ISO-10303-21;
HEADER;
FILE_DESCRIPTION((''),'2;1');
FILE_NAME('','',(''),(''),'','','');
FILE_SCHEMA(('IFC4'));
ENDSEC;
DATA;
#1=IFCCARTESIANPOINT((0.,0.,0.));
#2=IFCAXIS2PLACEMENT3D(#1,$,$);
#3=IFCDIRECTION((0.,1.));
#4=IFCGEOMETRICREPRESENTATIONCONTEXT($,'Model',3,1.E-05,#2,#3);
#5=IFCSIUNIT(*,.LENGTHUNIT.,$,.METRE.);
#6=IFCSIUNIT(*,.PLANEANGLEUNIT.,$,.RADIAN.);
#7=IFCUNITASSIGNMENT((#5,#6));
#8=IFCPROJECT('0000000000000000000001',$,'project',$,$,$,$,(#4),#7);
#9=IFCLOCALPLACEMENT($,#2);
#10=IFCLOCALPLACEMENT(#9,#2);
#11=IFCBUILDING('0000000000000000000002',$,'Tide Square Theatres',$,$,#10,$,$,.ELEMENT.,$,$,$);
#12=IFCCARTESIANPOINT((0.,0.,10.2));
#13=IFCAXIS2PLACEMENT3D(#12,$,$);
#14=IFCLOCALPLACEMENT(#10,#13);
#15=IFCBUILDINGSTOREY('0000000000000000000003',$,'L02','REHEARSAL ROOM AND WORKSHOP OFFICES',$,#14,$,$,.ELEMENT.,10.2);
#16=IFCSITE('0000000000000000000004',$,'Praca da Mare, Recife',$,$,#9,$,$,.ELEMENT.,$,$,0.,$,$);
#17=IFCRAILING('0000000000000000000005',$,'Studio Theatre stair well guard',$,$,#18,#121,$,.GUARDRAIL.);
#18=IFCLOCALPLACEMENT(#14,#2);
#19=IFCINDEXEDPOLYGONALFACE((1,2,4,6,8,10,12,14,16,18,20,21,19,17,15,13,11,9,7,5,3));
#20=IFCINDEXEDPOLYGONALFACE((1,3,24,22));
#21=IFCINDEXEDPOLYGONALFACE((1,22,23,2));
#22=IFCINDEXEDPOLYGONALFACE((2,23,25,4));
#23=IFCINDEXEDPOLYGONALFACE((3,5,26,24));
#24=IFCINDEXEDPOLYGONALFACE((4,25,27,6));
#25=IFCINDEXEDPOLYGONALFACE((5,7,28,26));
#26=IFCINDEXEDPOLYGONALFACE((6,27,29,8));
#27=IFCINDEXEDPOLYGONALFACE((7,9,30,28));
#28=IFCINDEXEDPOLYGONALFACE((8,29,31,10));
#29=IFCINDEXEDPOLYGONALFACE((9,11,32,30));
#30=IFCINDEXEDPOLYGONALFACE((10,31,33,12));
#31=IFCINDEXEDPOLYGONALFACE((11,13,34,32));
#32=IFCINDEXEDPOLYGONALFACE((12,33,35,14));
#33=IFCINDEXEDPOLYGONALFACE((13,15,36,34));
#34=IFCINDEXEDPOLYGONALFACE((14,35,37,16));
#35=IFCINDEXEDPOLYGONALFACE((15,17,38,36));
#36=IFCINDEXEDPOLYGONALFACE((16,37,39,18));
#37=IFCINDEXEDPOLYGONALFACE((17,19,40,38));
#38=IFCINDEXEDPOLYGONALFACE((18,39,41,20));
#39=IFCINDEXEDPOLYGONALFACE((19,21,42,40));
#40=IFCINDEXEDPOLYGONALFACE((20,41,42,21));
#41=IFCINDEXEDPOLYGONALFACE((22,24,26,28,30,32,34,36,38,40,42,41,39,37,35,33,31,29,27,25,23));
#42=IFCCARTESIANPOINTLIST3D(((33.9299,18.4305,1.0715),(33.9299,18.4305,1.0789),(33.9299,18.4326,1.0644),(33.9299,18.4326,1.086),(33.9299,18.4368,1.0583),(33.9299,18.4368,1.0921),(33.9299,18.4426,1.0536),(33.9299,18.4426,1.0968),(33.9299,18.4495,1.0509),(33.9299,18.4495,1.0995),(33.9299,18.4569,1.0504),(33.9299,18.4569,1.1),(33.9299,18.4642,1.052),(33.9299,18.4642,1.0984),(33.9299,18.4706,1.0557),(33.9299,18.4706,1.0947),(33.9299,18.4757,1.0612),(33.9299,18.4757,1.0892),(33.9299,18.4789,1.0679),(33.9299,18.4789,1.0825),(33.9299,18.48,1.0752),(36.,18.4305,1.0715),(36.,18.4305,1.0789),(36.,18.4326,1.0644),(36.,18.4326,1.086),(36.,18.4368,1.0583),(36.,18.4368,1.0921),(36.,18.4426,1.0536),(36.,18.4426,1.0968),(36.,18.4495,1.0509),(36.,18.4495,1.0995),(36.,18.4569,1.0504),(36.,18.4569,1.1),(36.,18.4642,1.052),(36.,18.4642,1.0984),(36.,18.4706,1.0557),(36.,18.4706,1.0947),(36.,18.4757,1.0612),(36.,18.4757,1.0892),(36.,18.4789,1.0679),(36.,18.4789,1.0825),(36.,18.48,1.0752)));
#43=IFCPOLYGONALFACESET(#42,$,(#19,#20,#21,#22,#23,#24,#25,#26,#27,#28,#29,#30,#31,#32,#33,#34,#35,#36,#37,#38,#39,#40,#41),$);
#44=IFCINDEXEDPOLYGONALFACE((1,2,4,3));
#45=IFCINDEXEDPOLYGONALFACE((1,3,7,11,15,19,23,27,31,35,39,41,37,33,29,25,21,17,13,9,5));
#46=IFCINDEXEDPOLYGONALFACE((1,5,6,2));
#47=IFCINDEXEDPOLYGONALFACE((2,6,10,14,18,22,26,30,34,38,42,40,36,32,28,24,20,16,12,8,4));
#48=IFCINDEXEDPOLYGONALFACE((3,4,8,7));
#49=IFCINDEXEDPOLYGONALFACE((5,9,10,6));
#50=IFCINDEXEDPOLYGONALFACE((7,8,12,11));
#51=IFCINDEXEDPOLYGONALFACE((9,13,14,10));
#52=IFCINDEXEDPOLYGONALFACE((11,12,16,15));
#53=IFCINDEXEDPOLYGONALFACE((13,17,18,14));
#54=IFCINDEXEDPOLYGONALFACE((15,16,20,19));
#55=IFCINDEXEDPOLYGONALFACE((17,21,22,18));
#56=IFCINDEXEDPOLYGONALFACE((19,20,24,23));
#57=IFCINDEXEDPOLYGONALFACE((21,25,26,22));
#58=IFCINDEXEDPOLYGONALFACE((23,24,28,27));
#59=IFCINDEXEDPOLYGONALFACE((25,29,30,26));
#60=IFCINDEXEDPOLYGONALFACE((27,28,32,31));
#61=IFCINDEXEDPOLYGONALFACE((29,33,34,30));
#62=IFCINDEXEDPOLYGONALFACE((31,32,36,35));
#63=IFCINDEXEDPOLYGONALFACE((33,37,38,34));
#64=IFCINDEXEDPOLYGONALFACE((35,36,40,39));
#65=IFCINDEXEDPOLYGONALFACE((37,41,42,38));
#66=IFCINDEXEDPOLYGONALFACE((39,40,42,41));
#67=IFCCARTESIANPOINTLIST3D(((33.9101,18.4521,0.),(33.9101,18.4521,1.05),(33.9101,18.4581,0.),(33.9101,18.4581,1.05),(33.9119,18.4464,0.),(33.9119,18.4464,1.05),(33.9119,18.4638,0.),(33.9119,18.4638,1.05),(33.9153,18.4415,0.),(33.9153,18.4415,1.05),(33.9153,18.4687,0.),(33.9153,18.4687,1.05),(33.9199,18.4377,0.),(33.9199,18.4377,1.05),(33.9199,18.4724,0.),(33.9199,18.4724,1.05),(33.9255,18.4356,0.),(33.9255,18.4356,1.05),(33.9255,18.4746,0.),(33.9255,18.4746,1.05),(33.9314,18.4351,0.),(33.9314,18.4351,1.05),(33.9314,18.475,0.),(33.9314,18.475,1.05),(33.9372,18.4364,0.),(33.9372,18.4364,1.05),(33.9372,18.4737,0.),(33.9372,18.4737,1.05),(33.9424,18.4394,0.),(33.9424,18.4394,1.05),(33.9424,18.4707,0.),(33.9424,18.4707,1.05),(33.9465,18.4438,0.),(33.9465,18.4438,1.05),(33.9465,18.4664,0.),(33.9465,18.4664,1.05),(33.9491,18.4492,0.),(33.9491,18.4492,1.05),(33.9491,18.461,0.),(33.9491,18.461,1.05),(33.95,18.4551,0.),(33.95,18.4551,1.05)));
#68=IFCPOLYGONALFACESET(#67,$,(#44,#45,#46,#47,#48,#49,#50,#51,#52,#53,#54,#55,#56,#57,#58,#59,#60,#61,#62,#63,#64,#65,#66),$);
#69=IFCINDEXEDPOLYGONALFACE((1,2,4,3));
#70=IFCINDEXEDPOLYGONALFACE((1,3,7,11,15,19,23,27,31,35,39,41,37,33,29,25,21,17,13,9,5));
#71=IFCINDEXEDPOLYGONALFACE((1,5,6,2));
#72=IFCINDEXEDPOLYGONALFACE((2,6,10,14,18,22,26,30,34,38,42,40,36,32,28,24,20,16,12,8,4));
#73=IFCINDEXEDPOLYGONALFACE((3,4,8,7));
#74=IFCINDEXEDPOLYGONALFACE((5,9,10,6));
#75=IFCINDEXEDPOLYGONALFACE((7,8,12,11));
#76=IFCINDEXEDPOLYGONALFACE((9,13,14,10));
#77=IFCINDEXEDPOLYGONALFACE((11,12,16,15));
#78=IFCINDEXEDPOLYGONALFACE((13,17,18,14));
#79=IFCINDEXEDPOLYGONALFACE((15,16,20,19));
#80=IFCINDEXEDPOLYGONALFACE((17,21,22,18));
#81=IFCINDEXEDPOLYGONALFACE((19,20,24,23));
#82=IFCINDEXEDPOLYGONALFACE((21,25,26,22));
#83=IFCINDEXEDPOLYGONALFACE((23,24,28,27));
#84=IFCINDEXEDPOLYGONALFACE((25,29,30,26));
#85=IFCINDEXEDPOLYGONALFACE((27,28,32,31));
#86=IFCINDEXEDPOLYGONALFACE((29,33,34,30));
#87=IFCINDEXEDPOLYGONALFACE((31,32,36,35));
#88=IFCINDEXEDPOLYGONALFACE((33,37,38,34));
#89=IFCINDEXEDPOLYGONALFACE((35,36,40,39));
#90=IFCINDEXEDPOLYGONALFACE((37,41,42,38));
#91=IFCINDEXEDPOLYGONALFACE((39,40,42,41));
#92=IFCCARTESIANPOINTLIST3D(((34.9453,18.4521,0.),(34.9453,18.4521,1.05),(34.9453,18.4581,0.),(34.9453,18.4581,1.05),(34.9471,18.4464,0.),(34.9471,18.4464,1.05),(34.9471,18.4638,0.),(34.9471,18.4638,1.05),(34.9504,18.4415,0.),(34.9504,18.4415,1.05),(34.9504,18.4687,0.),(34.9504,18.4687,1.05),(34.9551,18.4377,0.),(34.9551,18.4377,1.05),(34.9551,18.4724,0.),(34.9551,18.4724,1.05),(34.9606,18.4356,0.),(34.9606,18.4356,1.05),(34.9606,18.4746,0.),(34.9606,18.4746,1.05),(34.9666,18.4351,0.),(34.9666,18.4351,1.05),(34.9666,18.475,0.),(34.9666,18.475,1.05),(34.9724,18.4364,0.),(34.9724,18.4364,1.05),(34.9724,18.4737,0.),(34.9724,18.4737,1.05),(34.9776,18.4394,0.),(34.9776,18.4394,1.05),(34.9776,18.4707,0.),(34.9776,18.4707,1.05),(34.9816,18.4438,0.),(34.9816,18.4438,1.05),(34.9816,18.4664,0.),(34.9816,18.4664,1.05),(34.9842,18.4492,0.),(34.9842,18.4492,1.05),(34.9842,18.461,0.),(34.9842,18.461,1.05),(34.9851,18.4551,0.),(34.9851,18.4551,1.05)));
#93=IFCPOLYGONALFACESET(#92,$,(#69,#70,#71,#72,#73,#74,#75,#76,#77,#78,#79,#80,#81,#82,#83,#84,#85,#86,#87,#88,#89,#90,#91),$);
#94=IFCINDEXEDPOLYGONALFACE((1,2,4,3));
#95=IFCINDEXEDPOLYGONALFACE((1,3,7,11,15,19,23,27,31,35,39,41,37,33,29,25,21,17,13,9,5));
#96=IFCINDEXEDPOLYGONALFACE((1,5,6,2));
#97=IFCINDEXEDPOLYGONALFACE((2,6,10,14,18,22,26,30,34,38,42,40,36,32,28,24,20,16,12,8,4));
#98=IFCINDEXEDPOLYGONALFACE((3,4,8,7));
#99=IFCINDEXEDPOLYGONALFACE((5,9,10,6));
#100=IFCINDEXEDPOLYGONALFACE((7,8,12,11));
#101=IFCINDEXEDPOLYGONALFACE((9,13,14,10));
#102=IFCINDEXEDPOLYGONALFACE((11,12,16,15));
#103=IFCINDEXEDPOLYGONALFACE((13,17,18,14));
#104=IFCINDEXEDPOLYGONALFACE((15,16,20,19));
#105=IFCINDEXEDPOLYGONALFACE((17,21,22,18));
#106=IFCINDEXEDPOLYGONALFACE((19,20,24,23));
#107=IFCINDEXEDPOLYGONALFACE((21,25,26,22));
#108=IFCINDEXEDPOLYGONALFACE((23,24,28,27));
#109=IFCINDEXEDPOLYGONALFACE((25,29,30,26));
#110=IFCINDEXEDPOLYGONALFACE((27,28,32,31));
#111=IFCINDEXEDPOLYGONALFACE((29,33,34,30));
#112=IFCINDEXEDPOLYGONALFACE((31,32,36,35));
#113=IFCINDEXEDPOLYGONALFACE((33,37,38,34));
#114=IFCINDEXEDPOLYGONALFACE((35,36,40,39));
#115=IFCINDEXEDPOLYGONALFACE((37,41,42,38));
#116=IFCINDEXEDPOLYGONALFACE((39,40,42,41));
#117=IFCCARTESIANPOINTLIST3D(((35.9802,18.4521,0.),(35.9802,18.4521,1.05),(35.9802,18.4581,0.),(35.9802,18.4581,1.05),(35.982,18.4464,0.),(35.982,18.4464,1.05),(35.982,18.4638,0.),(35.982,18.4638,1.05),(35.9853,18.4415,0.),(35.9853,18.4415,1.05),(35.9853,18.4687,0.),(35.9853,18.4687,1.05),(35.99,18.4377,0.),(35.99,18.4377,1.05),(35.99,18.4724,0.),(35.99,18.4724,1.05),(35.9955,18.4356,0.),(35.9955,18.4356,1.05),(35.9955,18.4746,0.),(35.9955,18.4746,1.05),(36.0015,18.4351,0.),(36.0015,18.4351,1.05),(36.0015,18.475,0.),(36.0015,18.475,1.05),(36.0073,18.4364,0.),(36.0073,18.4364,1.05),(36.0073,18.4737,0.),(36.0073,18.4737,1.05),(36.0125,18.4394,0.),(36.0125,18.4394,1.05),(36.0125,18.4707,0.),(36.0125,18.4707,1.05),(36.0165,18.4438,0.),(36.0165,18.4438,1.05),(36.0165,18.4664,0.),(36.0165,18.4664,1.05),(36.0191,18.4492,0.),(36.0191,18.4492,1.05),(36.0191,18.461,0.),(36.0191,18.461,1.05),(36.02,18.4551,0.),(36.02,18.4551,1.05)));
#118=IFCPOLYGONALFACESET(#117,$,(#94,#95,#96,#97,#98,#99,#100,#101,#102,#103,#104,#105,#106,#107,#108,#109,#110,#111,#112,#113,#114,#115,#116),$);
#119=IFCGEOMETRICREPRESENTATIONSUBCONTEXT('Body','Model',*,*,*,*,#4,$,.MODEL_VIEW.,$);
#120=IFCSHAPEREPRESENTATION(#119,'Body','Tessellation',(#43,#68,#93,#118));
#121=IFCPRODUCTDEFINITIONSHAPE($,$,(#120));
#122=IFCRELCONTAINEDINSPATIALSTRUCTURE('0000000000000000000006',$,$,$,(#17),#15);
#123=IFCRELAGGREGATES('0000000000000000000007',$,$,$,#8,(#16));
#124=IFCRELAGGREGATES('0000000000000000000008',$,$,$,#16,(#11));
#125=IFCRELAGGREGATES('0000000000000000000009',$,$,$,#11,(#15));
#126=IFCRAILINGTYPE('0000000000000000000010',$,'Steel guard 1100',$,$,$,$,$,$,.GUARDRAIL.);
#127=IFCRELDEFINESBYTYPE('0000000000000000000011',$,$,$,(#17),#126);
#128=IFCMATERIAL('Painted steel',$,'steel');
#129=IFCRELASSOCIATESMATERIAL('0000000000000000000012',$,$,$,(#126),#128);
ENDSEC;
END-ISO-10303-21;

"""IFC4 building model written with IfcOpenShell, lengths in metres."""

from ifc_helpers import new_model, si_unit, direction, frame, origin, origin_2d, place, context, subcontext, project, spatial, circle, extrude, material, type_object, element, save


model = new_model("IFC4")

# Units and contexts
model_context = context("Model", 3, precision=1e-05, world=origin(), true_north=direction((0.0, 1.0)))
body_context = subcontext(model_context, "Body", "Model", "MODEL_VIEW")
ifc_project = project(units=[si_unit("LENGTHUNIT", "METRE"), si_unit("PLANEANGLEUNIT", "RADIAN")], contexts=[model_context])

# Site, building, storey
site_placement = place(None, origin())
site = spatial("IfcSite", under=ifc_project, at=site_placement, Name="Praca da Mare, Recife", CompositionType="ELEMENT", RefElevation=0.0)
building_placement = place(site_placement, origin())
building = spatial("IfcBuilding", under=site, at=building_placement, Name="Tide Square Theatres", CompositionType="ELEMENT")
storey_placement = place(building_placement, frame((0.0, 0.0, 10.2)))
storey = spatial("IfcBuildingStorey", under=building, at=storey_placement, Name="L02", Description="REHEARSAL ROOM AND WORKSHOP OFFICES", CompositionType="ELEMENT", Elevation=10.2)

# Railing
ifc_material_1 = material(Name="Painted steel", Category="steel")
railing_type = type_object("IfcRailingType", Name="Steel guard 1100", PredefinedType="GUARDRAIL", material=ifc_material_1)
railing_placement = place(storey_placement, frame((33.9299, 18.4551, 0.0)))
element("IfcRailing", 1, at=railing_placement, inside=storey, type_object=railing_type, Name="Studio Theatre stair well guard", PredefinedType="GUARDRAIL", context=body_context, shape_type="SweptSolid", body=[
    extrude(circle(Radius=0.0249, at=origin_2d()), frame((0.0, 0.0, 1.0752), z_axis=(1.0, 0.0, 0.0), x_axis=(0.0, 1.0, 0.0)), (0.0, 0.0, 1.0), 2.0701),
    extrude(circle(Radius=0.02, at=origin_2d()), origin(), (0.0, 0.0, 1.0), 1.05),
    extrude(circle(Radius=0.02, at=origin_2d()), frame((1.0352, 0.0, 0.0)), (0.0, 0.0, 1.0), 1.05),
    extrude(circle(Radius=0.02, at=origin_2d()), frame((2.0701, 0.0, 0.0)), (0.0, 0.0, 1.0), 1.05),
])

save(model, "model.ifc")
